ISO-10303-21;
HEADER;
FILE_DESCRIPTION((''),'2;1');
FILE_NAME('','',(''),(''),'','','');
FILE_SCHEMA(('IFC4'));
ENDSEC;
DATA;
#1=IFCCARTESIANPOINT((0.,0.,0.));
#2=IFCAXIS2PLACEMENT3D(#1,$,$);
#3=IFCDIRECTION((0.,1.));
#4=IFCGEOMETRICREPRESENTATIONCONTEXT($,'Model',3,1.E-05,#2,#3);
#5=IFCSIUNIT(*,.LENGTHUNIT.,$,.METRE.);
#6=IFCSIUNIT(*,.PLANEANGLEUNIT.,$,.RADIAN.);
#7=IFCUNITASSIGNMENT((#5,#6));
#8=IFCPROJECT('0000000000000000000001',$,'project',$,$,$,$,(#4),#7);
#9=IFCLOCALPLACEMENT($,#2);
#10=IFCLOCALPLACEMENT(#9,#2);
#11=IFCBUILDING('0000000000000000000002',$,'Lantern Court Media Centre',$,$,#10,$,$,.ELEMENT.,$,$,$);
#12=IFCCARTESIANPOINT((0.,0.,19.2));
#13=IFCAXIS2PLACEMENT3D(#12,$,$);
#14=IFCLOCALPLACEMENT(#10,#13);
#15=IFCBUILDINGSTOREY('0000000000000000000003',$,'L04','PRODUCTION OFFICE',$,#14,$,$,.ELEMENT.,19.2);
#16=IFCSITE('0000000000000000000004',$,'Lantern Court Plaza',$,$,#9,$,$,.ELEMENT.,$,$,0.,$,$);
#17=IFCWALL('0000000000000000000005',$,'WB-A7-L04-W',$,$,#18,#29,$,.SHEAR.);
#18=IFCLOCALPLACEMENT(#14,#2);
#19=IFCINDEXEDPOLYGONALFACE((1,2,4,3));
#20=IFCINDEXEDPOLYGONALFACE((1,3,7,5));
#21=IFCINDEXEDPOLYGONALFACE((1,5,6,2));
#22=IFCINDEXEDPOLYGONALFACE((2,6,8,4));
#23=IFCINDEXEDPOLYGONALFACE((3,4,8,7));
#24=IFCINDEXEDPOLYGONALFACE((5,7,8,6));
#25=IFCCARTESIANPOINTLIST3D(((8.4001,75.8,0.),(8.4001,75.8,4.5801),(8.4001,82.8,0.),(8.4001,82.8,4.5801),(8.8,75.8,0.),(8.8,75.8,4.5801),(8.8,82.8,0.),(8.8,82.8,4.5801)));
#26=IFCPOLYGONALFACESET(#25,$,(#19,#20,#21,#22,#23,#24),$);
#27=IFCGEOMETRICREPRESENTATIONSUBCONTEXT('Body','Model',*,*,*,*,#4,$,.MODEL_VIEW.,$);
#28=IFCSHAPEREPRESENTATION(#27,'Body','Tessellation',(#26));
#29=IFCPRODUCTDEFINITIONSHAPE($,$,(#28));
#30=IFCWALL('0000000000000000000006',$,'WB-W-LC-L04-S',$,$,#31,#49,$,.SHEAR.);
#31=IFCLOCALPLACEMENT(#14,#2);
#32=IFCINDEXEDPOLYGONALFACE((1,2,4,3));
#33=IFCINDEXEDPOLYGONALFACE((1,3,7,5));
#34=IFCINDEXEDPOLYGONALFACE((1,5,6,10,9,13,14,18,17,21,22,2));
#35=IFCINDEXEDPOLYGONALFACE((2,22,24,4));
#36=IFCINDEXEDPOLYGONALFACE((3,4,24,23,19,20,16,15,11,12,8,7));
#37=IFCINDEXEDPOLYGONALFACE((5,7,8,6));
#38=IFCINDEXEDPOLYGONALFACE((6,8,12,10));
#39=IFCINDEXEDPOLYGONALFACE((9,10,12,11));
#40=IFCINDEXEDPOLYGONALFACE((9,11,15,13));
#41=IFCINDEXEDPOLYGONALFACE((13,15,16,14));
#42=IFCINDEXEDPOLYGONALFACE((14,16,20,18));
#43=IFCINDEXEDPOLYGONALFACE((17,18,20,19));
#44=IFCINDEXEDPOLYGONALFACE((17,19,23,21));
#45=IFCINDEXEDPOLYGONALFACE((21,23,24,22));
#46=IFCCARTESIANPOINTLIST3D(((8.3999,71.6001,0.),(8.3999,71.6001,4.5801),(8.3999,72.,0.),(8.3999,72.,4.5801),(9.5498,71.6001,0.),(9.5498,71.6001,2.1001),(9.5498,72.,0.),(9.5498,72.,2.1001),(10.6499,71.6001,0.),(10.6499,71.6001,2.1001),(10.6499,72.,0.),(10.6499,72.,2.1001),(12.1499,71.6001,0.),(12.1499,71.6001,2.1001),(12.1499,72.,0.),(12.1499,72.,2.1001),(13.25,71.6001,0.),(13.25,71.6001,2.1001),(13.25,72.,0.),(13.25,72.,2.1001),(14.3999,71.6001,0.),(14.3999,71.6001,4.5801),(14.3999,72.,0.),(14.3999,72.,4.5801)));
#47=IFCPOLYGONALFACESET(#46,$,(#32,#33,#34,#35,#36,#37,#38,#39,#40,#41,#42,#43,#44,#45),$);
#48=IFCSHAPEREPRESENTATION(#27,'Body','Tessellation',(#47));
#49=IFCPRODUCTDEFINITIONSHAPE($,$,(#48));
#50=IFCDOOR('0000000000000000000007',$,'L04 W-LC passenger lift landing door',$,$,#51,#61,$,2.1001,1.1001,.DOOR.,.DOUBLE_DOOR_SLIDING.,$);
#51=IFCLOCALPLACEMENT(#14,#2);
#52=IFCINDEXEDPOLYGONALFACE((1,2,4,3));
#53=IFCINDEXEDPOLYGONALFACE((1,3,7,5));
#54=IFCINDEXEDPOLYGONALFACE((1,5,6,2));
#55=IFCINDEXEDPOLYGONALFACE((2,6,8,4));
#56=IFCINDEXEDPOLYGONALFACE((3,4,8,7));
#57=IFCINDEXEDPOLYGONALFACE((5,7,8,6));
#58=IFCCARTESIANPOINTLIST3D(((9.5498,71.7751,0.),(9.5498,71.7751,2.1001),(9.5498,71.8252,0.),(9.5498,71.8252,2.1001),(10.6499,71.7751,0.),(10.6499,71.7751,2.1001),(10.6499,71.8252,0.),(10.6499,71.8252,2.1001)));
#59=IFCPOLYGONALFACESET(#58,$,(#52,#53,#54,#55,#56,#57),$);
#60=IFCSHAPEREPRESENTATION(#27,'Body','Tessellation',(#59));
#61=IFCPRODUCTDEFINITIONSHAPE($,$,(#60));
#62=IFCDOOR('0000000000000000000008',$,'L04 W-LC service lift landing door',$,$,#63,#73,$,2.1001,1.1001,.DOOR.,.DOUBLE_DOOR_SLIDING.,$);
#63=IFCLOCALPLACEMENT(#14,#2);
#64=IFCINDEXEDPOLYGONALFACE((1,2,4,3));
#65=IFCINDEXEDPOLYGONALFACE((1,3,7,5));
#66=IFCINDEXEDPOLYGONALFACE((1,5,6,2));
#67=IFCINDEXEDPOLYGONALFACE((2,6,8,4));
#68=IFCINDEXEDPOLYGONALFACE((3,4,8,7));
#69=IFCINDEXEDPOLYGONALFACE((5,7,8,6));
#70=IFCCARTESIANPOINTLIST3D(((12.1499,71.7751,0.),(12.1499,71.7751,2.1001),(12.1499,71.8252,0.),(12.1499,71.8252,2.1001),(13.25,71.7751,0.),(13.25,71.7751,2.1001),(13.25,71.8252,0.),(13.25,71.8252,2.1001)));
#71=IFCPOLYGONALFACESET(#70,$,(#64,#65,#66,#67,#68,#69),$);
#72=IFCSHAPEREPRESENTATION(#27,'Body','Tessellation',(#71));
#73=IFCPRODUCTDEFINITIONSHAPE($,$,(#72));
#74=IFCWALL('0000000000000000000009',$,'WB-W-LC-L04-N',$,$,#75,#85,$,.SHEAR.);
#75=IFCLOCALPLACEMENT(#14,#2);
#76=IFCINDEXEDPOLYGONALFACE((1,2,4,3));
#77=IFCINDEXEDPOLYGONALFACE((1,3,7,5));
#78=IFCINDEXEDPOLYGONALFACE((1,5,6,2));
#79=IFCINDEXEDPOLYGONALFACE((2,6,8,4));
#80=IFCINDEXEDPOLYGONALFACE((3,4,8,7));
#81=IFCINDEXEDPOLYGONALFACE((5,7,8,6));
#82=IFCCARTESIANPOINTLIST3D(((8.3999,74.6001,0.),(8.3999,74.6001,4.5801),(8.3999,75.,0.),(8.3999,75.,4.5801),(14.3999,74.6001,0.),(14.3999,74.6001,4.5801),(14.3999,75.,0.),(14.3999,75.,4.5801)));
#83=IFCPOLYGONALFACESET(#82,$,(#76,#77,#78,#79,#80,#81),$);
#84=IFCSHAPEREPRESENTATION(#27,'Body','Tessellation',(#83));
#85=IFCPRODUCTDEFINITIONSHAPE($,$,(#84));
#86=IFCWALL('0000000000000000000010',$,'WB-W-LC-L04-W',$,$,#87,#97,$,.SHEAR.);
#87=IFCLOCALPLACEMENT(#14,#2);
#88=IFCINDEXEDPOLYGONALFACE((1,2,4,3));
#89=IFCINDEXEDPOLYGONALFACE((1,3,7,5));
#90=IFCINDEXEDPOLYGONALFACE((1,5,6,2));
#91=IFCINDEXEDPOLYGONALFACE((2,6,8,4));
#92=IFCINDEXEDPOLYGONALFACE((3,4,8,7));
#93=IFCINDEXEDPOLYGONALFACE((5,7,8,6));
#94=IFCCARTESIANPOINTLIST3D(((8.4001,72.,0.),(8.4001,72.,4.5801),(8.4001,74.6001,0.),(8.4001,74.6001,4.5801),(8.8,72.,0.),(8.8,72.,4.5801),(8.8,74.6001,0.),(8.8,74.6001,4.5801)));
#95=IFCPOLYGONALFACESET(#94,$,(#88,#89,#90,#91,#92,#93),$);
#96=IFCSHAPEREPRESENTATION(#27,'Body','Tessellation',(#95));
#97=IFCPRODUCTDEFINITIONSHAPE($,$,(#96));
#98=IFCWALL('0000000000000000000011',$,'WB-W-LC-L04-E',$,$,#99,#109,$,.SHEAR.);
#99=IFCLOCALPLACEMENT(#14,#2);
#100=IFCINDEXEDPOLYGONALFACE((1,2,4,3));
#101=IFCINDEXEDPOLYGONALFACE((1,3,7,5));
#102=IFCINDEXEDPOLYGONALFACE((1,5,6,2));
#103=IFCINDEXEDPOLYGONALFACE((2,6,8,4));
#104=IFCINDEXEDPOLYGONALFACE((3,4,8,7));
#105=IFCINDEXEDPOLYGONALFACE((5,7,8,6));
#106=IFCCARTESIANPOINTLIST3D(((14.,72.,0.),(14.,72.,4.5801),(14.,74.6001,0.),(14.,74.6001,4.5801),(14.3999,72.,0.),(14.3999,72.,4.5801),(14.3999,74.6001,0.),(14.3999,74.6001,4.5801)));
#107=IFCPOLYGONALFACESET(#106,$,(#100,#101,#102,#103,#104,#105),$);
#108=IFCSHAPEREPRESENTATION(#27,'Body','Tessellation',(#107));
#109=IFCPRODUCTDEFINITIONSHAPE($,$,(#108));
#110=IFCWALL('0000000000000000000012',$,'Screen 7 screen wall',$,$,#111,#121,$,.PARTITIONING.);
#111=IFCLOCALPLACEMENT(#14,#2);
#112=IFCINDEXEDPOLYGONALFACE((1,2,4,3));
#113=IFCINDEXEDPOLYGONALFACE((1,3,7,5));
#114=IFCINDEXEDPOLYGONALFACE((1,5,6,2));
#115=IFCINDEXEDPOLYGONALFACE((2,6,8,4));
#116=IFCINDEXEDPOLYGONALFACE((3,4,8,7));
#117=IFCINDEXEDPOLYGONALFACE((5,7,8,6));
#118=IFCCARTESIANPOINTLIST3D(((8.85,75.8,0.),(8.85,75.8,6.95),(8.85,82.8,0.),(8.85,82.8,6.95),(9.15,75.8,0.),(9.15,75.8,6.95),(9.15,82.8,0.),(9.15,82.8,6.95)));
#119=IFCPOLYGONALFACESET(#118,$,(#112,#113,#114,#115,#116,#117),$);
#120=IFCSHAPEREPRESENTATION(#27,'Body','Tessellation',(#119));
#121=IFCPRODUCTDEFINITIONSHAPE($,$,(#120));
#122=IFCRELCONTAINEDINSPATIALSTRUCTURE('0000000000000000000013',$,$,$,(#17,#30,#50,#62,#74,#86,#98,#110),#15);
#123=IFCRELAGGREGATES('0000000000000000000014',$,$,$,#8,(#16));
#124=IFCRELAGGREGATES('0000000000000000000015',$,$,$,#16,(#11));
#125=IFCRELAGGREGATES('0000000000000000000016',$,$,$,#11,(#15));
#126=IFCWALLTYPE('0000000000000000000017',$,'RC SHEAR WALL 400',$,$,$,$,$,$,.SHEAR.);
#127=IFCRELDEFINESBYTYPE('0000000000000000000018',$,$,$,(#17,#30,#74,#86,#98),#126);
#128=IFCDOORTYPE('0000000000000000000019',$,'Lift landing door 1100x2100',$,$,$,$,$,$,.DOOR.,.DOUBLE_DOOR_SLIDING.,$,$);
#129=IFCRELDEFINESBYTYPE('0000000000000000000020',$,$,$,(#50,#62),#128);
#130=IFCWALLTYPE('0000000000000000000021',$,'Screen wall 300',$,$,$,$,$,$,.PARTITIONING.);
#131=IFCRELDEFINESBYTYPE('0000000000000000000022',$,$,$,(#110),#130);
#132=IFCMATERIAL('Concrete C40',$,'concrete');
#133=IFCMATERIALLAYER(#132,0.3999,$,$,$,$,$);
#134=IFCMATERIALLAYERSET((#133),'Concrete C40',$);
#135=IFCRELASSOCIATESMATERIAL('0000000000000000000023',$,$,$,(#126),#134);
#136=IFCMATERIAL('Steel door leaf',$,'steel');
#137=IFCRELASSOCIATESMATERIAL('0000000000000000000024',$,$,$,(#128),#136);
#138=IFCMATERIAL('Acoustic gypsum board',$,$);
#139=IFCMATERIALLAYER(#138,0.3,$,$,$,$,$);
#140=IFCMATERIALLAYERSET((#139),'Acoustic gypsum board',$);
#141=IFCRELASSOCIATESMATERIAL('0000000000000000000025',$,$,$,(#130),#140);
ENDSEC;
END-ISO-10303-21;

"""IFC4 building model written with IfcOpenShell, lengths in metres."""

from ifc_helpers import new_model, si_unit, direction, frame, frame_2d, origin, place, context, subcontext, project, spatial, rectangle, extrude, material, layer, layer_set, type_object, element, fill, save


model = new_model("IFC4")

# Units and contexts
model_context = context("Model", 3, precision=1e-05, world=origin(), true_north=direction((0.0, 1.0)))
body_context = subcontext(model_context, "Body", "Model", "MODEL_VIEW")
ifc_project = project(units=[si_unit("LENGTHUNIT", "METRE"), si_unit("PLANEANGLEUNIT", "RADIAN")], contexts=[model_context])

# Site, building, storey
site_placement = place(None, origin())
site = spatial("IfcSite", under=ifc_project, at=site_placement, Name="Lantern Court Plaza", CompositionType="ELEMENT", RefElevation=0.0)
building_placement = place(site_placement, origin())
building = spatial("IfcBuilding", under=site, at=building_placement, Name="Lantern Court Media Centre", CompositionType="ELEMENT")
storey_placement = place(building_placement, frame((0.0, 0.0, 19.2)))
storey = spatial("IfcBuildingStorey", under=building, at=storey_placement, Name="L04", Description="PRODUCTION OFFICE", CompositionType="ELEMENT", Elevation=19.2)

# Wall
ifc_material_1 = material(Name="Concrete C40", Category="concrete")
ifc_layer_1 = layer(ifc_material_1, 0.3999)
ifc_layer_set_1 = layer_set([ifc_layer_1], Name="Concrete C40")
wall_type_1 = type_object("IfcWallType", Name="RC SHEAR WALL 400", PredefinedType="SHEAR", material=ifc_layer_set_1)
wall_1_placement = place(storey_placement, frame((8.6001, 75.8, 0.0), z_axis=(0.0, 0.0, 1.0), x_axis=(0.0, 1.0, 0.0)))
element("IfcWall", 1, at=wall_1_placement, inside=storey, type_object=wall_type_1, Name="WB-A7-L04-W", PredefinedType="SHEAR", context=body_context, shape_type="SweptSolid", body=[
    extrude(rectangle(XDim=7.0, YDim=0.3999, at=frame_2d((3.5, 0.0))), origin(), (0.0, 0.0, 1.0), 4.5801),
])

# Wall, openings, doors
wall_2_placement = place(storey_placement, frame((8.3999, 71.8, 0.0), z_axis=(0.0, 0.0, 1.0), x_axis=(1.0, 0.0, 0.0)))
wall_2 = element("IfcWall", 2, at=wall_2_placement, inside=storey, type_object=wall_type_1, Name="WB-W-LC-L04-S", PredefinedType="SHEAR", context=body_context, shape_type="SweptSolid", body=[
    extrude(rectangle(XDim=6.0, YDim=0.3999, at=frame_2d((3.0, 0.0))), origin(), (0.0, 0.0, 1.0), 4.5801),
])
opening_1_placement = place(wall_2_placement, frame((1.1499, 0.0, 0.0)))
opening_1 = element("IfcOpeningElement", 3, at=opening_1_placement, cuts=wall_2, PredefinedType="OPENING", context=body_context, shape_type="SweptSolid", body=[
    extrude(rectangle(XDim=1.1001, YDim=2.1001, at=frame_2d((0.55, 1.05))), frame((0.0, 0.21, 0.0), z_axis=(0.0, -1.0, 0.0), x_axis=(1.0, 0.0, 0.0)), (0.0, 0.0, 1.0), 0.4199),
])
opening_2_placement = place(wall_2_placement, frame((3.75, 0.0, 0.0)))
opening_2 = element("IfcOpeningElement", 4, at=opening_2_placement, cuts=wall_2, PredefinedType="OPENING", context=body_context, shape_type="SweptSolid", body=[
    extrude(rectangle(XDim=1.1001, YDim=2.1001, at=frame_2d((0.55, 1.05))), frame((0.0, 0.21, 0.0), z_axis=(0.0, -1.0, 0.0), x_axis=(1.0, 0.0, 0.0)), (0.0, 0.0, 1.0), 0.4199),
])
ifc_material_2 = material(Name="Steel door leaf", Category="steel")
door_type_1 = type_object("IfcDoorType", Name="Lift landing door 1100x2100", OperationType="DOUBLE_DOOR_SLIDING", PredefinedType="DOOR", material=ifc_material_2)
door_1_placement = place(opening_1_placement, frame((1.1001, 0.0, 0.0), z_axis=(0.0, 0.0, 1.0), x_axis=(-1.0, 0.0, 0.0)))
door_1 = element("IfcDoor", 5, at=door_1_placement, inside=storey, type_object=door_type_1, Name="L04 W-LC passenger lift landing door", OperationType="DOUBLE_DOOR_SLIDING", OverallHeight=2.1001, OverallWidth=1.1001, PredefinedType="DOOR", context=body_context, shape_type="SweptSolid", body=[
    extrude(rectangle(XDim=1.1001, YDim=2.1001, at=frame_2d((0.55, 1.05))), frame((0.0, 0.0249, 0.0), z_axis=(0.0, -1.0, 0.0), x_axis=(1.0, 0.0, 0.0)), (0.0, 0.0, 1.0), 0.05),
])
fill(opening_1, door_1)
door_2_placement = place(opening_2_placement, frame((1.1001, 0.0, 0.0), z_axis=(0.0, 0.0, 1.0), x_axis=(-1.0, 0.0, 0.0)))
door_2 = element("IfcDoor", 6, at=door_2_placement, inside=storey, type_object=door_type_1, Name="L04 W-LC service lift landing door", OperationType="DOUBLE_DOOR_SLIDING", OverallHeight=2.1001, OverallWidth=1.1001, PredefinedType="DOOR", context=body_context, shape_type="SweptSolid", body=[
    extrude(rectangle(XDim=1.1001, YDim=2.1001, at=frame_2d((0.55, 1.05))), frame((0.0, 0.0249, 0.0), z_axis=(0.0, -1.0, 0.0), x_axis=(1.0, 0.0, 0.0)), (0.0, 0.0, 1.0), 0.05),
])
fill(opening_2, door_2)

# Walls
wall_3_placement = place(storey_placement, frame((8.3999, 74.8, 0.0), z_axis=(0.0, 0.0, 1.0), x_axis=(1.0, 0.0, 0.0)))
element("IfcWall", 7, at=wall_3_placement, inside=storey, type_object=wall_type_1, Name="WB-W-LC-L04-N", PredefinedType="SHEAR", context=body_context, shape_type="SweptSolid", body=[
    extrude(rectangle(XDim=6.0, YDim=0.3999, at=frame_2d((3.0, 0.0))), origin(), (0.0, 0.0, 1.0), 4.5801),
])
for number, where, z_axis, x_axis, name in (
    (8, (8.6001, 72.0, 0.0), (0.0, 0.0, 1.0), (0.0, 1.0, 0.0), "WB-W-LC-L04-W"),
    (9, (14.2, 72.0, 0.0), (0.0, 0.0, 1.0), (0.0, 1.0, 0.0), "WB-W-LC-L04-E"),
):
    element("IfcWall", number, at=place(storey_placement, frame(where, z_axis=z_axis, x_axis=x_axis)), inside=storey, type_object=wall_type_1, Name=name, PredefinedType="SHEAR", context=body_context, shape_type="SweptSolid", body=[
        extrude(rectangle(XDim=2.6001, YDim=0.3999, at=frame_2d((1.3, 0.0))), origin(), (0.0, 0.0, 1.0), 4.5801),
    ])
ifc_material_3 = material(Name="Acoustic gypsum board")
ifc_layer_2 = layer(ifc_material_3, 0.3)
ifc_layer_set_2 = layer_set([ifc_layer_2], Name="Acoustic gypsum board")
wall_type_2 = type_object("IfcWallType", Name="Screen wall 300", PredefinedType="PARTITIONING", material=ifc_layer_set_2)
wall_4_placement = place(storey_placement, frame((9.0, 75.8, 0.0), z_axis=(0.0, 0.0, 1.0), x_axis=(0.0, 1.0, 0.0)))
element("IfcWall", 10, at=wall_4_placement, inside=storey, type_object=wall_type_2, Name="Screen 7 screen wall", PredefinedType="PARTITIONING", context=body_context, shape_type="SweptSolid", body=[
    extrude(rectangle(XDim=7.0, YDim=0.3, at=frame_2d((3.5, 0.0))), origin(), (0.0, 0.0, 1.0), 6.95),
])

save(model, "model.ifc")
